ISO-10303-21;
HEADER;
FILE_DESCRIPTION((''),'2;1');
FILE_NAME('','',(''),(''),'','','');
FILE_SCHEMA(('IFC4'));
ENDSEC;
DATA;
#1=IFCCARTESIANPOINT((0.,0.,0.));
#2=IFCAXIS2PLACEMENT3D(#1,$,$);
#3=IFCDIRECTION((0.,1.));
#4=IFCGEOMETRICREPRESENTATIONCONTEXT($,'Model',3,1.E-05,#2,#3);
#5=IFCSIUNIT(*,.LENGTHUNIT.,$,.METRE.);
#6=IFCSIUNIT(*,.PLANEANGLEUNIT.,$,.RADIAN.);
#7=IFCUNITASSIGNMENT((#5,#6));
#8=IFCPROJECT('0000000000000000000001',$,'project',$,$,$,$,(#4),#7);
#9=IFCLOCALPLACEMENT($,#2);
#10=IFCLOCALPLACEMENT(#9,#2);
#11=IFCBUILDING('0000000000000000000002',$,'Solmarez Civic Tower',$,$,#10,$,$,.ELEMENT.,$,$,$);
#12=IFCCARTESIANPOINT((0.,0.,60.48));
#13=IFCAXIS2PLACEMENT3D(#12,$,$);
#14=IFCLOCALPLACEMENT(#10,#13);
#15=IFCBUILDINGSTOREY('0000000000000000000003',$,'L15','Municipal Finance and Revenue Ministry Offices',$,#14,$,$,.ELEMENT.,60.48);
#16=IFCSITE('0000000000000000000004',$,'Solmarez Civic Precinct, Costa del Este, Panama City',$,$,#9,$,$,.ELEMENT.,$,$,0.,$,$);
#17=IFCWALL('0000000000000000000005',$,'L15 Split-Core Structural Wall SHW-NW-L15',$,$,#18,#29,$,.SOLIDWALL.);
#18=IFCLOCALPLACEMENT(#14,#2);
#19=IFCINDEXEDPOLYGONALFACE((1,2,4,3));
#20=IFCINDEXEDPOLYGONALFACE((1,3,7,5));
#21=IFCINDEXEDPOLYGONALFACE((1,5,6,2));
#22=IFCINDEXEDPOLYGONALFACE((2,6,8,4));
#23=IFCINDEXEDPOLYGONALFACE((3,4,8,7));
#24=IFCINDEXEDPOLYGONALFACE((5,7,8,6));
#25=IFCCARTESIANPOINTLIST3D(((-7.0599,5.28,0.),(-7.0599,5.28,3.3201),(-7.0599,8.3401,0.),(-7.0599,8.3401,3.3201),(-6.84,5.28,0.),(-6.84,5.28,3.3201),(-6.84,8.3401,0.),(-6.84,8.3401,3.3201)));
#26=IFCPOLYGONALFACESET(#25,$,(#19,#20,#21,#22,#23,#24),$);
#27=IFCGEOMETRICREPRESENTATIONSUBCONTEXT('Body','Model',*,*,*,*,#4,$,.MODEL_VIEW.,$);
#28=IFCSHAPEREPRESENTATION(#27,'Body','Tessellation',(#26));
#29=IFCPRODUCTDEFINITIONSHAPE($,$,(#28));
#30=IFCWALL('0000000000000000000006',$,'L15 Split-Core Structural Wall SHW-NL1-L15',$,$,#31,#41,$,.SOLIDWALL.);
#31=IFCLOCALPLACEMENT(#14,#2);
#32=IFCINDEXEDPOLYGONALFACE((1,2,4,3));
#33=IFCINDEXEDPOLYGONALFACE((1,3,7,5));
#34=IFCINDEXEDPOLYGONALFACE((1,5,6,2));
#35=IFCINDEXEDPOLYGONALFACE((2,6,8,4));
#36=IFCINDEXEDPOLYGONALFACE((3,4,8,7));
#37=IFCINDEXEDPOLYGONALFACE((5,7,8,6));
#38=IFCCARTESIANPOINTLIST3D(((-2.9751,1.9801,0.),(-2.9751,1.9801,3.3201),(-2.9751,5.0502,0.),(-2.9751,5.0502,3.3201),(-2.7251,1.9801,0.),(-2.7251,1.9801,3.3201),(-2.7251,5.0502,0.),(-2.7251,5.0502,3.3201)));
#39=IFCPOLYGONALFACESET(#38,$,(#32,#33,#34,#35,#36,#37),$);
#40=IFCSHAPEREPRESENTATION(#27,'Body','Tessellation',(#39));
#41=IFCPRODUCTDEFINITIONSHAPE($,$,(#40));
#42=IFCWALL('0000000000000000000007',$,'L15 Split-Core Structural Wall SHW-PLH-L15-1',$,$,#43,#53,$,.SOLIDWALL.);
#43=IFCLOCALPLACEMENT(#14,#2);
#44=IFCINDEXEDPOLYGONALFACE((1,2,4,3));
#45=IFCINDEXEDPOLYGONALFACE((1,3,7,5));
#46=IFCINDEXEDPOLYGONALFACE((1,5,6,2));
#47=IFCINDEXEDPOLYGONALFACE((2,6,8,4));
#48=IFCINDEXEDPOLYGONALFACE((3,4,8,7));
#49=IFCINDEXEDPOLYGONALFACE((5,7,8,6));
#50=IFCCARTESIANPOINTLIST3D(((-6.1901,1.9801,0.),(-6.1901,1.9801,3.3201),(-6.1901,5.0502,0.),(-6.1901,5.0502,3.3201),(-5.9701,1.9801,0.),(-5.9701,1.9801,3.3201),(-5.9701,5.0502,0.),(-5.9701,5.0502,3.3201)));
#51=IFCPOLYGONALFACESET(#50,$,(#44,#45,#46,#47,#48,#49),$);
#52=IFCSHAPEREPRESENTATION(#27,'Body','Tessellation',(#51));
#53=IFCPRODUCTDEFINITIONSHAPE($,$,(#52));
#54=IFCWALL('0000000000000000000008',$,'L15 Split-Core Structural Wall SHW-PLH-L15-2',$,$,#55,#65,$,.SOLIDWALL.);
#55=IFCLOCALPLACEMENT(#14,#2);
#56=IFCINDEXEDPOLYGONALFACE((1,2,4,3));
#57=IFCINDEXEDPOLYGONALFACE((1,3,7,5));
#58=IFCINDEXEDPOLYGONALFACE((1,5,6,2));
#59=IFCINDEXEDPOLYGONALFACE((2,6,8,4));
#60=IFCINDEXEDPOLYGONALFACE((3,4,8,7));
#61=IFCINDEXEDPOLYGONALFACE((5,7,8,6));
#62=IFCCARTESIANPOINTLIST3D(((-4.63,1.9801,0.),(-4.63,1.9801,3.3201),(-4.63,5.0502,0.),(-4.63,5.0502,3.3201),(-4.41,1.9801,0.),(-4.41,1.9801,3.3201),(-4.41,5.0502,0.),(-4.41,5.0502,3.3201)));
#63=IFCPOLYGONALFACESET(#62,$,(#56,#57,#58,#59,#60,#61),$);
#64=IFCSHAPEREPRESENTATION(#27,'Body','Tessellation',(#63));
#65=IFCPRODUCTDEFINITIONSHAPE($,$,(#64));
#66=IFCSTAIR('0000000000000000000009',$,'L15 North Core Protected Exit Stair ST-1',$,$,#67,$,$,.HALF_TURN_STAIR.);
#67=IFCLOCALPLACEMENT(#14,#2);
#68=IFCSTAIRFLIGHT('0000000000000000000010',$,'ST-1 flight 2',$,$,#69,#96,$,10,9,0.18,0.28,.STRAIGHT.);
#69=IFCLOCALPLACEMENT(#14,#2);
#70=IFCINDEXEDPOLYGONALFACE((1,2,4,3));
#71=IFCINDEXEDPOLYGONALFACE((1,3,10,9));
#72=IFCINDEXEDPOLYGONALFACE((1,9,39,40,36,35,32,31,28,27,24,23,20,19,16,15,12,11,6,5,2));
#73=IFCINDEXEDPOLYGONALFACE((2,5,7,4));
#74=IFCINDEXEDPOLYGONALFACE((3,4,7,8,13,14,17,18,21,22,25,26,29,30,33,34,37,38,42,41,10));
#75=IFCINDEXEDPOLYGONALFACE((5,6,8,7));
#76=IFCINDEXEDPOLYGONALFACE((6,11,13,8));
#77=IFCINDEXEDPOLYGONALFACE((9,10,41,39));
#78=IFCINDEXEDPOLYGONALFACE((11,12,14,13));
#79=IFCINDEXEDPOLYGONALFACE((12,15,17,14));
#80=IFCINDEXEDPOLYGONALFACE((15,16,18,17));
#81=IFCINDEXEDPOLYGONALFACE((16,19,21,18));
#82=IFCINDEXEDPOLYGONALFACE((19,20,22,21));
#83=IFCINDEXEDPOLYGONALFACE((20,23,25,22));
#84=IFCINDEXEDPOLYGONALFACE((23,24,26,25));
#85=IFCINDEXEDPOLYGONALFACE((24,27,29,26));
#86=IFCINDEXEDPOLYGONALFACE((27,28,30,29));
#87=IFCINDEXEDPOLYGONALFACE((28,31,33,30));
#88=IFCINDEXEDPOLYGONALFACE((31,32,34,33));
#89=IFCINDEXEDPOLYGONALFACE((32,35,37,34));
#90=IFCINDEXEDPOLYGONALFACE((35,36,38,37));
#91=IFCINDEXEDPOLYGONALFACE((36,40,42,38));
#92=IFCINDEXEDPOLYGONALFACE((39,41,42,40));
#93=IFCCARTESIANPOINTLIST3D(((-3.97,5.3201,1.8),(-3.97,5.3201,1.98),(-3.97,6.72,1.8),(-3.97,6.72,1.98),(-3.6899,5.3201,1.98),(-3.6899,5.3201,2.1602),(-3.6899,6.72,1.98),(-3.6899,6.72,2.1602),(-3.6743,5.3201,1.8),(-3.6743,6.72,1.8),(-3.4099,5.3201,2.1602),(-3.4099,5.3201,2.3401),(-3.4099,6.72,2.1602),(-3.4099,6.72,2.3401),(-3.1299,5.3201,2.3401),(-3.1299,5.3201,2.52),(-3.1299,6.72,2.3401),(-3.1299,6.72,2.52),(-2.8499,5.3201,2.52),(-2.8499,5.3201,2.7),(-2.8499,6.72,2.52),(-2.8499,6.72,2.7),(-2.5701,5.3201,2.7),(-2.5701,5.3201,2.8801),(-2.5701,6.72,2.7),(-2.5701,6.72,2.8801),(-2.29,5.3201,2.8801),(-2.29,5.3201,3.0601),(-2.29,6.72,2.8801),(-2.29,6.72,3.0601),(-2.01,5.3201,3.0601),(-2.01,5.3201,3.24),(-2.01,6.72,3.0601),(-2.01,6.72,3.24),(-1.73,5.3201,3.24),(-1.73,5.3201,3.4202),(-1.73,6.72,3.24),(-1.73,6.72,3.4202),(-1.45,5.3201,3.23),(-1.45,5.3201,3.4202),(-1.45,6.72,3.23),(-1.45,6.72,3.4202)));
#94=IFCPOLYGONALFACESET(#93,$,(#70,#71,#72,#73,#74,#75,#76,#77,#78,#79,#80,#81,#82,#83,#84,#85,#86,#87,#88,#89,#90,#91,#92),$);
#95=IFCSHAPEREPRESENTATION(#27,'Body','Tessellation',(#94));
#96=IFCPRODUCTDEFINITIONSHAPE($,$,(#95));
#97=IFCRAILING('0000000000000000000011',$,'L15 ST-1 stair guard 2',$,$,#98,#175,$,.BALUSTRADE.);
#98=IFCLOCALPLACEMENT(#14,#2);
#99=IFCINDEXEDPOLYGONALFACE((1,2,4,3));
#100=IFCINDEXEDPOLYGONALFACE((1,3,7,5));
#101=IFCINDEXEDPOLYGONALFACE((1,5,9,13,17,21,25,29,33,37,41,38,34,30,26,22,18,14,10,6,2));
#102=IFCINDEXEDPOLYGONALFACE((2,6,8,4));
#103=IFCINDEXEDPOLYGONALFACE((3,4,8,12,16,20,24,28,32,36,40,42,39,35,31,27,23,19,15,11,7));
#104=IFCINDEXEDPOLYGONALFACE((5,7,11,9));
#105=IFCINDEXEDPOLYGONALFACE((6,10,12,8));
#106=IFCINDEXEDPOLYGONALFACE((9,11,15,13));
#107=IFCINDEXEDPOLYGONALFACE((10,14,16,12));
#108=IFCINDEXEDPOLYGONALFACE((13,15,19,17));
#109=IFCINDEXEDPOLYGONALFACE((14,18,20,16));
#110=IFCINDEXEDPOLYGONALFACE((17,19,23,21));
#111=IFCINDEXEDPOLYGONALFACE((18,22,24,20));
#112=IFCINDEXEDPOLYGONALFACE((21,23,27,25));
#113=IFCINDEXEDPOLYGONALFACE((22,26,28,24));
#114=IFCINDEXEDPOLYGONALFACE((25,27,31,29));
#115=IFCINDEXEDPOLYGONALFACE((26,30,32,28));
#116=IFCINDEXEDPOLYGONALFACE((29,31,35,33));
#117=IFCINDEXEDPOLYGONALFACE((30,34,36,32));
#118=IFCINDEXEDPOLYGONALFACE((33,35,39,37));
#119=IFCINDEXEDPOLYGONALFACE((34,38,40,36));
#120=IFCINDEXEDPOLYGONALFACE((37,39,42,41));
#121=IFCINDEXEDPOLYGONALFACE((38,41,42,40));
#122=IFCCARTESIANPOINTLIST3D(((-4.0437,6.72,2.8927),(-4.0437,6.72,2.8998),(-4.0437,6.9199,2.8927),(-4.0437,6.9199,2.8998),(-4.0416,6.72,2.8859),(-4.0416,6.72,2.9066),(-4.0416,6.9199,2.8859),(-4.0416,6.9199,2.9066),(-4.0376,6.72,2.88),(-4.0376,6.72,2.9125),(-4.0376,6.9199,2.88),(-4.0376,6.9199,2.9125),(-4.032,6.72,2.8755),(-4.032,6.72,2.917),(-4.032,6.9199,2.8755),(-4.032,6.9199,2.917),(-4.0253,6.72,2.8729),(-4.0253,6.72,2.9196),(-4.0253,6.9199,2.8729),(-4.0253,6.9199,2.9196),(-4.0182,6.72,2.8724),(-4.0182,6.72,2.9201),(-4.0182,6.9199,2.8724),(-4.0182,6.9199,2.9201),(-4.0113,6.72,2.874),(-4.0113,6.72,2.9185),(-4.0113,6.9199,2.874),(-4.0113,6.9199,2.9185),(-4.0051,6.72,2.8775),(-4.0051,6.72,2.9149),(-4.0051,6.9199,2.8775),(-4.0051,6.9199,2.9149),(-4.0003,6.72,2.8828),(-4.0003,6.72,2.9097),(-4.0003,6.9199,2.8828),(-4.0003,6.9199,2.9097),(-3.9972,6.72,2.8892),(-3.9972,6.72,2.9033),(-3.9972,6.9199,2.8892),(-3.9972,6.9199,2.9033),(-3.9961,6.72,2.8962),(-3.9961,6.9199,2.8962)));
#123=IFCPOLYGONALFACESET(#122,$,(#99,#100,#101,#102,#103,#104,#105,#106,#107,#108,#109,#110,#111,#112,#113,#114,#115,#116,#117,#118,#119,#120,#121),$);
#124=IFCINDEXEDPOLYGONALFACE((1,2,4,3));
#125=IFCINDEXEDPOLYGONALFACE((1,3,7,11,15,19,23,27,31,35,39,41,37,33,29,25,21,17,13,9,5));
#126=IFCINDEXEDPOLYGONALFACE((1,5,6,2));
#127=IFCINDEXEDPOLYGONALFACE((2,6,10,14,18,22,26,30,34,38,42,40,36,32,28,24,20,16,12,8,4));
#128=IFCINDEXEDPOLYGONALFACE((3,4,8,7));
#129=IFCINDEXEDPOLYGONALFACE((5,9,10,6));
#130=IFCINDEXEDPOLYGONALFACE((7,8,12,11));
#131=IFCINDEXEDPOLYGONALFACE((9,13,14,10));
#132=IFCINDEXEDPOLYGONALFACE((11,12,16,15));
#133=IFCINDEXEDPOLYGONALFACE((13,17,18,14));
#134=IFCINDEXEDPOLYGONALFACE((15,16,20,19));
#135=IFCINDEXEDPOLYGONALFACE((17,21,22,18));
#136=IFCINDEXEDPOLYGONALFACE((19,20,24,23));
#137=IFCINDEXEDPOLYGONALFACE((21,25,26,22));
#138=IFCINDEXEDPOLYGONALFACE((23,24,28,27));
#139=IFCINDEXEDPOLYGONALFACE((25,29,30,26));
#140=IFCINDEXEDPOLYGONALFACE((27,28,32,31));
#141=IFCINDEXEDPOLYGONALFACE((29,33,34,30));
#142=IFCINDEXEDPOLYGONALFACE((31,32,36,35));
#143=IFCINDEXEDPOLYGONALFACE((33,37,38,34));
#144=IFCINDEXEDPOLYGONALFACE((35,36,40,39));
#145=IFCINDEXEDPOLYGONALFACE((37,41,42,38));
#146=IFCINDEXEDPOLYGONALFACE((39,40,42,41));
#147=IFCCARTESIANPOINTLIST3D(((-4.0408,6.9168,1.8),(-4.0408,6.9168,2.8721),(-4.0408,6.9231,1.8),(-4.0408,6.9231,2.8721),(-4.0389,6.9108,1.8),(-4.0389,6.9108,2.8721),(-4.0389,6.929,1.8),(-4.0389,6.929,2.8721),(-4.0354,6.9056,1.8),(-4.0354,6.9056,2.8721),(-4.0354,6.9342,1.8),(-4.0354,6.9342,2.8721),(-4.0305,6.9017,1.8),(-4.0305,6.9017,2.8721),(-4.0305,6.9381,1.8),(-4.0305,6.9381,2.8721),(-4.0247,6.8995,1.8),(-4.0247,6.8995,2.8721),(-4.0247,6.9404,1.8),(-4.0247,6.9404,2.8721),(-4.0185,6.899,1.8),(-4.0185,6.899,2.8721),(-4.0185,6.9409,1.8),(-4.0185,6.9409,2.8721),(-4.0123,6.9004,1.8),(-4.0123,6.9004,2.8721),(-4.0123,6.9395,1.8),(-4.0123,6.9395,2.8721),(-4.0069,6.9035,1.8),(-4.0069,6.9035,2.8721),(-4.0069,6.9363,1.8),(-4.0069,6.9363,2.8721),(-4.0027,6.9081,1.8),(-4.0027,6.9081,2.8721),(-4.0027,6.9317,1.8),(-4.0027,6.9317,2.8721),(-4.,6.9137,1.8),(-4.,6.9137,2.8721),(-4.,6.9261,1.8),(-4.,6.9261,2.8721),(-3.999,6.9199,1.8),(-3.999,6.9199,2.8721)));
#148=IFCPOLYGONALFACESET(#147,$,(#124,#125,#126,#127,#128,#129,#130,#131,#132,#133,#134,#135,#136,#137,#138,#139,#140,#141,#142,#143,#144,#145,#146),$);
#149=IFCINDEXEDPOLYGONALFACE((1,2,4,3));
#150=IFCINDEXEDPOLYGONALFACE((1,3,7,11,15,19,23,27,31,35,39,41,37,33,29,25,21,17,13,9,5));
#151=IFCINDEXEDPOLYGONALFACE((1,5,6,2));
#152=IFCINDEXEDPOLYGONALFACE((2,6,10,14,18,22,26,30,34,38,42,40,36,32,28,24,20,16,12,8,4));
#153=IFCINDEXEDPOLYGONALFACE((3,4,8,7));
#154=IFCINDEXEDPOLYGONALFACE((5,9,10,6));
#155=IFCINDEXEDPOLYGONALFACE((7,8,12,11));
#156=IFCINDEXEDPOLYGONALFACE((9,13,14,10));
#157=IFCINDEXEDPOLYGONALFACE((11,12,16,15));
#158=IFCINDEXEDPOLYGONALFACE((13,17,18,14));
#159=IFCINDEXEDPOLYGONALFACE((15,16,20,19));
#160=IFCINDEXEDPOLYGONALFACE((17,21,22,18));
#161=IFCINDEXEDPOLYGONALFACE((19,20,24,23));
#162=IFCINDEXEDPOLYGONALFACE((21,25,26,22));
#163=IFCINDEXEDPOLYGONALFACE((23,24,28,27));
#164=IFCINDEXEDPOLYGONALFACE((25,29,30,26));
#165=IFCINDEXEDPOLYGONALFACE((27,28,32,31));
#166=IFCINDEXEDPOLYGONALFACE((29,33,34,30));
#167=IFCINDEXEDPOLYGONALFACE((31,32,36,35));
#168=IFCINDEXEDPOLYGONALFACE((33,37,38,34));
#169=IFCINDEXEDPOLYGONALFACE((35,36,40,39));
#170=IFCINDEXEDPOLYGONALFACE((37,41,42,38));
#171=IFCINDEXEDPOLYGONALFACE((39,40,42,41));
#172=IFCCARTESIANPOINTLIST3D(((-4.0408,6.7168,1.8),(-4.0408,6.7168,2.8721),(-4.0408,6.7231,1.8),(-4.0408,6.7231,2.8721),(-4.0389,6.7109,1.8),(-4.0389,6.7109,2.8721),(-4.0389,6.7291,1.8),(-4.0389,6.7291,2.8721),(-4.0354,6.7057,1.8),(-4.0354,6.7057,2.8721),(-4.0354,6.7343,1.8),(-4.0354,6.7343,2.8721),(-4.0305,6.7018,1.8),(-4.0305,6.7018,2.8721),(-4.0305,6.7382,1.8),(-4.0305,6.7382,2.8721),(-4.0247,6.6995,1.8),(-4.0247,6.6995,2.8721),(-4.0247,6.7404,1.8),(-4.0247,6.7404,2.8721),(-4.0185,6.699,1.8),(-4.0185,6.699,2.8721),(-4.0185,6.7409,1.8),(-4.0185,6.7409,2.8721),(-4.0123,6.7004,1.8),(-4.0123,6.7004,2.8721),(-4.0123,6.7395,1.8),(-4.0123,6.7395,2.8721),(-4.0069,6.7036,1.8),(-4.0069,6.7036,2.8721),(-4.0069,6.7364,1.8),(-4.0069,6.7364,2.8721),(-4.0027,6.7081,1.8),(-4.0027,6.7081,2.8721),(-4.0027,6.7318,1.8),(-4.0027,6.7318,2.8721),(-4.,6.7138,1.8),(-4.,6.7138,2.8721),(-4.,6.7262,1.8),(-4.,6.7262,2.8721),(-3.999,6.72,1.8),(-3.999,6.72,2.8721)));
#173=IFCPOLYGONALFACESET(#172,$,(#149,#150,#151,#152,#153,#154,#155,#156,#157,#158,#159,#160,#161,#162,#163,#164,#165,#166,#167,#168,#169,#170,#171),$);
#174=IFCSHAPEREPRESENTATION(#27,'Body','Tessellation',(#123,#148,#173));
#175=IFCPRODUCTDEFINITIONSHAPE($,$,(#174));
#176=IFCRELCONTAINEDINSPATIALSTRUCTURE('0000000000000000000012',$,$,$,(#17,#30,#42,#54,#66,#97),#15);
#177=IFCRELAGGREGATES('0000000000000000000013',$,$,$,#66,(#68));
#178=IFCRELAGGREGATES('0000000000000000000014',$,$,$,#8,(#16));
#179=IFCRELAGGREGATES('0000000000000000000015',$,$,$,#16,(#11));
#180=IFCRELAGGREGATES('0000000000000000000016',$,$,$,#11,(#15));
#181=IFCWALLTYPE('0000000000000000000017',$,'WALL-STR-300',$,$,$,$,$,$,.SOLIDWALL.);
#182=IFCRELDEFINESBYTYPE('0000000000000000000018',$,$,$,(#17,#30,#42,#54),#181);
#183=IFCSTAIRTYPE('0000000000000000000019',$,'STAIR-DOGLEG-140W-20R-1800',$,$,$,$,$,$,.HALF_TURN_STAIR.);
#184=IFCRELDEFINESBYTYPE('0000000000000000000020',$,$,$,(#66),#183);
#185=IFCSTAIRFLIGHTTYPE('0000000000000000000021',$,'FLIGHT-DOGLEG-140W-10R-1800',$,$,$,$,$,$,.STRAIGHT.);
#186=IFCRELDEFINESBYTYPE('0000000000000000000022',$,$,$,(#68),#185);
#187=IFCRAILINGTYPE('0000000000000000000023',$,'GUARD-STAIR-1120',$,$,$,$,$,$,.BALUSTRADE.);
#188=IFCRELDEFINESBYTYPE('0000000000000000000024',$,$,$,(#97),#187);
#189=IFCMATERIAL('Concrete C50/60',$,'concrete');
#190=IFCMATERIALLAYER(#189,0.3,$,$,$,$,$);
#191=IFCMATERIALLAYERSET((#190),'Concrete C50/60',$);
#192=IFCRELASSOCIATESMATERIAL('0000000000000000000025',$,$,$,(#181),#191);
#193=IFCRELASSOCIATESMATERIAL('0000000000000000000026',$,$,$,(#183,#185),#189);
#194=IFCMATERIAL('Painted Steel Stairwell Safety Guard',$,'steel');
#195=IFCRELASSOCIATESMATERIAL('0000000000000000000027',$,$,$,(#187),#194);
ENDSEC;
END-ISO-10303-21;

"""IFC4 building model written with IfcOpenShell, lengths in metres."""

from ifc_helpers import new_model, si_unit, direction, frame, frame_2d, origin, origin_2d, place, context, subcontext, project, spatial, polyline, rectangle, circle, outline, extrude, material, layer, layer_set, type_object, element, aggregate, save


model = new_model("IFC4")

# Units and contexts
model_context = context("Model", 3, precision=1e-05, world=origin(), true_north=direction((0.0, 1.0)))
body_context = subcontext(model_context, "Body", "Model", "MODEL_VIEW")
ifc_project = project(units=[si_unit("LENGTHUNIT", "METRE"), si_unit("PLANEANGLEUNIT", "RADIAN")], contexts=[model_context])

# Site, building, storey
site_placement = place(None, origin())
site = spatial("IfcSite", under=ifc_project, at=site_placement, Name="Solmarez Civic Precinct, Costa del Este, Panama City", CompositionType="ELEMENT", RefElevation=0.0)
building_placement = place(site_placement, origin())
building = spatial("IfcBuilding", under=site, at=building_placement, Name="Solmarez Civic Tower", CompositionType="ELEMENT")
storey_placement = place(building_placement, frame((0.0, 0.0, 60.48)))
storey = spatial("IfcBuildingStorey", under=building, at=storey_placement, Name="L15", Description="Municipal Finance and Revenue Ministry Offices", CompositionType="ELEMENT", Elevation=60.48)

# Walls
ifc_material_1 = material(Name="Concrete C50/60", Category="concrete")
ifc_layer_1 = layer(ifc_material_1, 0.3)
ifc_layer_set_1 = layer_set([ifc_layer_1], Name="Concrete C50/60")
wall_type_1 = type_object("IfcWallType", Name="WALL-STR-300", PredefinedType="SOLIDWALL", material=ifc_layer_set_1)
wall_1_placement = place(storey_placement, frame((-6.95, 5.28, 0.0), z_axis=(0.0, 0.0, 1.0), x_axis=(0.0, 1.0, 0.0)))
element("IfcWall", 1, at=wall_1_placement, inside=storey, type_object=wall_type_1, Name="L15 Split-Core Structural Wall SHW-NW-L15", PredefinedType="SOLIDWALL", context=body_context, shape_type="SweptSolid", body=[
    extrude(rectangle(XDim=3.0601, YDim=0.22, at=frame_2d((1.53, 0.0))), origin(), (0.0, 0.0, 1.0), 3.3201),
])
wall_2_placement = place(storey_placement, frame((-2.8501, 1.98, 0.0), z_axis=(0.0, 0.0, 1.0), x_axis=(0.0, 1.0, 0.0)))
element("IfcWall", 2, at=wall_2_placement, inside=storey, type_object=wall_type_1, Name="L15 Split-Core Structural Wall SHW-NL1-L15", PredefinedType="SOLIDWALL", context=body_context, shape_type="SweptSolid", body=[
    extrude(rectangle(XDim=3.0701, YDim=0.25, at=frame_2d((1.5352, 0.0))), origin(), (0.0, 0.0, 1.0), 3.3201),
])
for number, where, z_axis, x_axis, name in (
    (3, (-6.0801, 1.98, 0.0), (0.0, 0.0, 1.0), (0.0, 1.0, 0.0), "L15 Split-Core Structural Wall SHW-PLH-L15-1"),
    (4, (-4.52, 1.98, 0.0), (0.0, 0.0, 1.0), (0.0, 1.0, 0.0), "L15 Split-Core Structural Wall SHW-PLH-L15-2"),
):
    element("IfcWall", number, at=place(storey_placement, frame(where, z_axis=z_axis, x_axis=x_axis)), inside=storey, type_object=wall_type_1, Name=name, PredefinedType="SOLIDWALL", context=body_context, shape_type="SweptSolid", body=[
        extrude(rectangle(XDim=3.0701, YDim=0.22, at=frame_2d((1.5352, 0.0))), origin(), (0.0, 0.0, 1.0), 3.3201),
    ])

# Stair, stair flight
stair_type = type_object("IfcStairType", Name="STAIR-DOGLEG-140W-20R-1800", PredefinedType="HALF_TURN_STAIR", material=ifc_material_1)
stair_placement = place(storey_placement, origin())
stair = element("IfcStair", 5, at=stair_placement, inside=storey, type_object=stair_type, Name="L15 North Core Protected Exit Stair ST-1", PredefinedType="HALF_TURN_STAIR")
stair_flight_type = type_object("IfcStairFlightType", Name="FLIGHT-DOGLEG-140W-10R-1800", PredefinedType="STRAIGHT", material=ifc_material_1)
stair_flight_placement = place(storey_placement, frame((-3.97, 6.02, 1.8), z_axis=(0.0, 0.0, 1.0), x_axis=(1.0, 0.0, 0.0)))
stair_flight = element("IfcStairFlight", 6, at=stair_flight_placement, type_object=stair_flight_type, Name="ST-1 flight 2", NumberOfRisers=10, NumberOfTreads=9, PredefinedType="STRAIGHT", RiserHeight=0.18, TreadLength=0.28, context=body_context, shape_type="SweptSolid", body=[
    extrude(outline(polyline([(0.0, 0.0), (0.0, 0.1799), (0.28, 0.1799), (0.28, 0.3601), (0.5601, 0.3601), (0.5601, 0.54), (0.8401, 0.54), (0.8401, 0.72), (1.1201, 0.72), (1.1201, 0.8999), (1.3999, 0.8999), (1.3999, 1.0801), (1.6799, 1.0801), (1.6799, 1.26), (1.96, 1.26), (1.96, 1.4399), (2.24, 1.4399), (2.24, 1.6201), (2.52, 1.6201), (2.52, 1.8), (2.52, 1.4299), (0.2957, 0.0), (0.0, 0.0)])), frame((0.0, 0.7, 0.0), z_axis=(0.0, -1.0, 0.0), x_axis=(1.0, 0.0, 0.0)), (0.0, 0.0, 1.0), 1.3999),
])
aggregate(stair, [stair_flight])

# Railing
ifc_material_2 = material(Name="Painted Steel Stairwell Safety Guard", Category="steel")
railing_type_1 = type_object("IfcRailingType", Name="GUARD-STAIR-1120", PredefinedType="BALUSTRADE", material=ifc_material_2)
railing_1_placement = place(storey_placement, frame((-4.02, 6.9199, 1.8)))
element("IfcRailing", 7, at=railing_1_placement, inside=storey, type_object=railing_type_1, Name="L15 ST-1 stair guard 2", PredefinedType="BALUSTRADE", context=body_context, shape_type="SweptSolid", body=[
    extrude(circle(Radius=0.0239, at=origin_2d()), frame((0.0, 0.0, 1.0962), z_axis=(0.0, -1.0, 0.0), x_axis=(1.0, 0.0, 0.0)), (0.0, 0.0, 1.0), 0.2),
    extrude(circle(Radius=0.021, at=origin_2d()), origin(), (0.0, 0.0, 1.0), 1.072),
    extrude(circle(Radius=0.021, at=origin_2d()), frame((0.0, -0.2, 0.0)), (0.0, 0.0, 1.0), 1.072),
])

save(model, "model.ifc")
